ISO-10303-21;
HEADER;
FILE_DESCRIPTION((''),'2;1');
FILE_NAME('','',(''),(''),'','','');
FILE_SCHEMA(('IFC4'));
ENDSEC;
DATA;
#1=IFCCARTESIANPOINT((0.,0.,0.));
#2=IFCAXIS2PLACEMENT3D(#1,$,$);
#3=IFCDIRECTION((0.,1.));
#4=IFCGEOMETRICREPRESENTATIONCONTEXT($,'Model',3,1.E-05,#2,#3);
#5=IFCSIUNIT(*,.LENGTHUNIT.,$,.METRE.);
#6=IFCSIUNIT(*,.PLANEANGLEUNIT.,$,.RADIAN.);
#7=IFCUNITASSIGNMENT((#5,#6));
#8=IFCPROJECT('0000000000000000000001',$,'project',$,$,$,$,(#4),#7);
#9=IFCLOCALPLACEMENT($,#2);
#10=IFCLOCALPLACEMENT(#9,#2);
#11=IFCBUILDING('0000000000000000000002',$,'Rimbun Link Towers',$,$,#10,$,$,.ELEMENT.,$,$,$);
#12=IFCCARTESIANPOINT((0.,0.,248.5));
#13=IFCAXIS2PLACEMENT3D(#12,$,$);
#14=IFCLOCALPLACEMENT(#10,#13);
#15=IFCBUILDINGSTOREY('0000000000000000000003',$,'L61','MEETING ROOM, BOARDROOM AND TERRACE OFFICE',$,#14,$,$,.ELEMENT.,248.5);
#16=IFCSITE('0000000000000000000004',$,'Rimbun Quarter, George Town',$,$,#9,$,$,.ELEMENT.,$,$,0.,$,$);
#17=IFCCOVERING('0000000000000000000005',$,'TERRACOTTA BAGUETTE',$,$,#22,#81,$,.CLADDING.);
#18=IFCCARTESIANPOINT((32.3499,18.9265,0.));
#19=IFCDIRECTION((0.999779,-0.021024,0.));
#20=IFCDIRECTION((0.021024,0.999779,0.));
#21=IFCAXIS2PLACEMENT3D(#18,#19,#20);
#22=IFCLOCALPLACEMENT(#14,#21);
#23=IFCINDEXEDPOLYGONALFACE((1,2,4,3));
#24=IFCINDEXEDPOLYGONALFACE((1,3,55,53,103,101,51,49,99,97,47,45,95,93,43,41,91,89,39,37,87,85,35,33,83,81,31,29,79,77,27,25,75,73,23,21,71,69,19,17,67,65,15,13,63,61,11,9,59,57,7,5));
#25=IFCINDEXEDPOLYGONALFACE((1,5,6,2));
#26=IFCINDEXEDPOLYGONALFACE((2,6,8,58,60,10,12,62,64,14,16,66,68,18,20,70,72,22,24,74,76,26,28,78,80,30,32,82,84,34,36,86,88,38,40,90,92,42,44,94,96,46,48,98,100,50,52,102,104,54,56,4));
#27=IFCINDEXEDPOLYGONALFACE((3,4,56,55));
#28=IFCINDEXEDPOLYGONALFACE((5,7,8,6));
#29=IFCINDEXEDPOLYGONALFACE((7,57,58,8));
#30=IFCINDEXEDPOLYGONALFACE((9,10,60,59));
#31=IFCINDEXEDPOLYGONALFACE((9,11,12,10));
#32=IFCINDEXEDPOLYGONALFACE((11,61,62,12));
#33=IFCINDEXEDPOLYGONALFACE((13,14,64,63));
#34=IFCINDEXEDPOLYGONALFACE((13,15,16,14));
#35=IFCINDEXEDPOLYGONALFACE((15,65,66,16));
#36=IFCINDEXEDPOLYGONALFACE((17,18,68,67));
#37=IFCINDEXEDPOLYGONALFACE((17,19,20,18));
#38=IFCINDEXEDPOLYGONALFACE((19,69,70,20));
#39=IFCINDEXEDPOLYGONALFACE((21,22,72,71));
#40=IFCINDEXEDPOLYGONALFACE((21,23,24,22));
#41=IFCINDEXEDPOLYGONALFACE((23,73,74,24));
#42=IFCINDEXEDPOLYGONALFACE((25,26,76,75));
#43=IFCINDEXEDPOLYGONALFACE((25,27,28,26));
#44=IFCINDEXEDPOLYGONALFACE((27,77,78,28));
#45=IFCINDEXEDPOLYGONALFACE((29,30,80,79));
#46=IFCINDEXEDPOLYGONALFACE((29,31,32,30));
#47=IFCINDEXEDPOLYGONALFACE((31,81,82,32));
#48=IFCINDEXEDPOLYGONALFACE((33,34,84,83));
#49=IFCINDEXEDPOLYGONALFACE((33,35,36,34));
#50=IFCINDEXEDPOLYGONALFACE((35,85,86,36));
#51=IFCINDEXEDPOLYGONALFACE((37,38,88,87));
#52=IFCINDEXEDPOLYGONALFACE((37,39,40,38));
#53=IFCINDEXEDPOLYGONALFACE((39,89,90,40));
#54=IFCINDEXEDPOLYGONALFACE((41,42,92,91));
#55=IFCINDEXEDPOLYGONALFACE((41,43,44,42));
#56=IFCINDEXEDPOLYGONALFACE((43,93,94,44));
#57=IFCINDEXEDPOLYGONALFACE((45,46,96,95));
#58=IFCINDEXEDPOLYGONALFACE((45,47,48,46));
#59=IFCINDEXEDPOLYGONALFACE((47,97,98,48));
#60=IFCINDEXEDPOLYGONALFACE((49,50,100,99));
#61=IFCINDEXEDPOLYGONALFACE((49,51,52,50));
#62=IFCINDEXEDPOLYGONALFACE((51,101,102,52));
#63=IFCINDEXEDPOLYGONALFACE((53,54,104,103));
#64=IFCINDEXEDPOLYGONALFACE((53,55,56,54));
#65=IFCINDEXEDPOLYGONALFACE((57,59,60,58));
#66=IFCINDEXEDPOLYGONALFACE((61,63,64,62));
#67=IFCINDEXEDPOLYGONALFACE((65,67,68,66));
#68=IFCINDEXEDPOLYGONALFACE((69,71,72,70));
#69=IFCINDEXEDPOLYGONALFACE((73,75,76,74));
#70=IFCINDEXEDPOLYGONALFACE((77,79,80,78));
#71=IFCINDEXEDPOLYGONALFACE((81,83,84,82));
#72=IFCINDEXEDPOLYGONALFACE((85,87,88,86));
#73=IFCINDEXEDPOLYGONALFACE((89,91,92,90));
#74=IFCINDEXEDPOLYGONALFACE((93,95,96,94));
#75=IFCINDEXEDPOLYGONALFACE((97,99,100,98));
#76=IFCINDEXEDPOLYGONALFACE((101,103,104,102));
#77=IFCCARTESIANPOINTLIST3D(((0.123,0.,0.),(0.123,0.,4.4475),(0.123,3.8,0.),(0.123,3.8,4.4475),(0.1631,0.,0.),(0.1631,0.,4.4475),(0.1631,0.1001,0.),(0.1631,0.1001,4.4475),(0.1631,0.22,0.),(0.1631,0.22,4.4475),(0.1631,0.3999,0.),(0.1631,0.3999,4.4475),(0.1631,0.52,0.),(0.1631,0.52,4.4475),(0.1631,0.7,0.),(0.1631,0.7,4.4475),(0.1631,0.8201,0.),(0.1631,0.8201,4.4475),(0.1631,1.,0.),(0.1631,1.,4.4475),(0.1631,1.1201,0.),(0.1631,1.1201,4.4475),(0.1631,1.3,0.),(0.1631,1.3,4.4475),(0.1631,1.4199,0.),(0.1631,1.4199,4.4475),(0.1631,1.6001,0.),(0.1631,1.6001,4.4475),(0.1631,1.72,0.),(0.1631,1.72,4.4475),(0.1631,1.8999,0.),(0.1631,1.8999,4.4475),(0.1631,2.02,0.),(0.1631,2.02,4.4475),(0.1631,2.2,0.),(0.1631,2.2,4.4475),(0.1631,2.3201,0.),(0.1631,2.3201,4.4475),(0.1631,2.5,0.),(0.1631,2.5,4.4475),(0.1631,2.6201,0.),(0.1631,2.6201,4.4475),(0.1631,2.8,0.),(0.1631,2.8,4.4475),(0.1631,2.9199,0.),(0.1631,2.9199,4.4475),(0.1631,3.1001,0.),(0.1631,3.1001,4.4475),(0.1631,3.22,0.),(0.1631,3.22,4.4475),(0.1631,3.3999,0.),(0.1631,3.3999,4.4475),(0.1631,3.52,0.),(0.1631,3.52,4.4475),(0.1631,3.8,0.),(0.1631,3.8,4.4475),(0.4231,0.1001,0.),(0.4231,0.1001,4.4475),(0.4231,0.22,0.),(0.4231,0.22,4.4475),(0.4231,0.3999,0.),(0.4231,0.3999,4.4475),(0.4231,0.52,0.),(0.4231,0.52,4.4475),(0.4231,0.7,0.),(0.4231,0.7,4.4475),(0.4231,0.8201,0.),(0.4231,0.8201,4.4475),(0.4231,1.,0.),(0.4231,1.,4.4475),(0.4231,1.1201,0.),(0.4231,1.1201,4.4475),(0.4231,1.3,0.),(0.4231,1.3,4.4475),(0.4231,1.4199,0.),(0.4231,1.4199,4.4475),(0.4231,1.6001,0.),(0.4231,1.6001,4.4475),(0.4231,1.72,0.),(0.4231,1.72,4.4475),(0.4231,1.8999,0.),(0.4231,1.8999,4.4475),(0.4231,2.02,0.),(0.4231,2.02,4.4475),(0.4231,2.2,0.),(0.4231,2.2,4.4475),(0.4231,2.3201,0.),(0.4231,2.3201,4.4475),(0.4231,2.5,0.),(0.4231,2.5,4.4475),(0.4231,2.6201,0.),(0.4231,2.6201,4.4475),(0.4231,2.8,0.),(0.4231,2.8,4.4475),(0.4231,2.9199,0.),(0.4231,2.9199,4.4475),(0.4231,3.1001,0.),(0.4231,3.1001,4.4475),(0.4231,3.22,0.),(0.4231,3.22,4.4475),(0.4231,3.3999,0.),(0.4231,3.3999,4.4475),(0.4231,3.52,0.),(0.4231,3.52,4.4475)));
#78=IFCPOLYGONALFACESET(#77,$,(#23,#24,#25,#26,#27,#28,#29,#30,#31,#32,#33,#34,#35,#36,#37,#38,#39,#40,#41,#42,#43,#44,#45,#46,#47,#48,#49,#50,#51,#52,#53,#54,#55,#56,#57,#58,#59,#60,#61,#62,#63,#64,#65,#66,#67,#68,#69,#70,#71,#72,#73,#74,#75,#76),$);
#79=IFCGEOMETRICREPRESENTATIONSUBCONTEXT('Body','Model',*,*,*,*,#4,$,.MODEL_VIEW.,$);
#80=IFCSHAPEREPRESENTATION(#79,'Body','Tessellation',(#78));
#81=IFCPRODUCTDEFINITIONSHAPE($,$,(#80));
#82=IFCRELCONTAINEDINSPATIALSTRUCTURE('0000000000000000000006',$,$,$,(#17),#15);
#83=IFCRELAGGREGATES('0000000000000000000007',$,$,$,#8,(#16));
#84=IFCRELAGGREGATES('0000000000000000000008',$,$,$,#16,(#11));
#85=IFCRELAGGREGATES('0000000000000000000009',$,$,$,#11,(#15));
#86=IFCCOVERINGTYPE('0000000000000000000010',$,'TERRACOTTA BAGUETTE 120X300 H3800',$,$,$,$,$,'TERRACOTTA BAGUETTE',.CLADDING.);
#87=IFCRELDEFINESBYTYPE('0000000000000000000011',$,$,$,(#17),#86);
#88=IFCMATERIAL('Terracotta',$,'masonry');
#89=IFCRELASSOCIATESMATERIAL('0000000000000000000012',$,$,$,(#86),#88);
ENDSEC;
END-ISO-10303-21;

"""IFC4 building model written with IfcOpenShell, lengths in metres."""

from ifc_helpers import new_model, si_unit, direction, frame, origin, place, context, subcontext, project, spatial, polyline, outline, extrude, material, material_profile, profile_set, type_object, element, save


model = new_model("IFC4")

# Units and contexts
model_context = context("Model", 3, precision=1e-05, world=origin(), true_north=direction((0.0, 1.0)))
body_context = subcontext(model_context, "Body", "Model", "MODEL_VIEW")
ifc_project = project(units=[si_unit("LENGTHUNIT", "METRE"), si_unit("PLANEANGLEUNIT", "RADIAN")], contexts=[model_context])

# Site, building, storey
site_placement = place(None, origin())
site = spatial("IfcSite", under=ifc_project, at=site_placement, Name="Rimbun Quarter, George Town", CompositionType="ELEMENT", RefElevation=0.0)
building_placement = place(site_placement, origin())
building = spatial("IfcBuilding", under=site, at=building_placement, Name="Rimbun Link Towers", CompositionType="ELEMENT")
storey_placement = place(building_placement, frame((0.0, 0.0, 248.5)))
storey = spatial("IfcBuildingStorey", under=building, at=storey_placement, Name="L61", Description="MEETING ROOM, BOARDROOM AND TERRACE OFFICE", CompositionType="ELEMENT", Elevation=248.5)

# Covering
ifc_material_1 = material(Name="Terracotta", Category="masonry")
ifc_material_profile_1 = material_profile(ifc_material_1, outline(polyline([(0.123, 0.0), (0.1631, 0.0), (0.1631, 0.1001), (0.4231, 0.1001), (0.4231, 0.22), (0.1631, 0.22), (0.1631, 0.3999), (0.4231, 0.3999), (0.4231, 0.52), (0.1631, 0.52), (0.1631, 0.7), (0.4231, 0.7), (0.4231, 0.8201), (0.1631, 0.8201), (0.1631, 1.0), (0.4231, 1.0), (0.4231, 1.1201), (0.1631, 1.1201), (0.1631, 1.3), (0.4231, 1.3), (0.4231, 1.4199), (0.1631, 1.4199), (0.1631, 1.6001), (0.4231, 1.6001), (0.4231, 1.72), (0.1631, 1.72), (0.1631, 1.8999), (0.4231, 1.8999), (0.4231, 2.02), (0.1631, 2.02), (0.1631, 2.2), (0.4231, 2.2), (0.4231, 2.3201), (0.1631, 2.3201), (0.1631, 2.5), (0.4231, 2.5), (0.4231, 2.6201), (0.1631, 2.6201), (0.1631, 2.8), (0.4231, 2.8), (0.4231, 2.9199), (0.1631, 2.9199), (0.1631, 3.1001), (0.4231, 3.1001), (0.4231, 3.22), (0.1631, 3.22), (0.1631, 3.3999), (0.4231, 3.3999), (0.4231, 3.52), (0.1631, 3.52), (0.1631, 3.8), (0.123, 3.8), (0.123, 0.0)])), Name="BAGUETTE 120X300")
ifc_profile_set_1 = profile_set([ifc_material_profile_1], Name="Terracotta")
covering_type = type_object("IfcCoveringType", Name="TERRACOTTA BAGUETTE 120X300 H3800", ElementType="TERRACOTTA BAGUETTE", PredefinedType="CLADDING", material=ifc_profile_set_1)
covering_1_placement = place(storey_placement, frame((32.3499, 18.9265, 0.0), z_axis=(0.999779, -0.021024, 0.0), x_axis=(0.021024, 0.999779, 0.0)))
element("IfcCovering", 1, at=covering_1_placement, inside=storey, type_object=covering_type, Name="TERRACOTTA BAGUETTE", PredefinedType="CLADDING", context=body_context, shape_type="SweptSolid", body=[
    extrude(outline(polyline([(0.123, 0.0), (0.1631, 0.0), (0.1631, 0.1001), (0.4231, 0.1001), (0.4231, 0.22), (0.1631, 0.22), (0.1631, 0.3999), (0.4231, 0.3999), (0.4231, 0.52), (0.1631, 0.52), (0.1631, 0.7), (0.4231, 0.7), (0.4231, 0.8201), (0.1631, 0.8201), (0.1631, 1.0), (0.4231, 1.0), (0.4231, 1.1201), (0.1631, 1.1201), (0.1631, 1.3), (0.4231, 1.3), (0.4231, 1.4199), (0.1631, 1.4199), (0.1631, 1.6001), (0.4231, 1.6001), (0.4231, 1.72), (0.1631, 1.72), (0.1631, 1.8999), (0.4231, 1.8999), (0.4231, 2.02), (0.1631, 2.02), (0.1631, 2.2), (0.4231, 2.2), (0.4231, 2.3201), (0.1631, 2.3201), (0.1631, 2.5), (0.4231, 2.5), (0.4231, 2.6201), (0.1631, 2.6201), (0.1631, 2.8), (0.4231, 2.8), (0.4231, 2.9199), (0.1631, 2.9199), (0.1631, 3.1001), (0.4231, 3.1001), (0.4231, 3.22), (0.1631, 3.22), (0.1631, 3.3999), (0.4231, 3.3999), (0.4231, 3.52), (0.1631, 3.52), (0.1631, 3.8), (0.123, 3.8), (0.123, 0.0)])), origin(), (0.0, 0.0, 1.0), 4.4475),
])

save(model, "model.ifc")
